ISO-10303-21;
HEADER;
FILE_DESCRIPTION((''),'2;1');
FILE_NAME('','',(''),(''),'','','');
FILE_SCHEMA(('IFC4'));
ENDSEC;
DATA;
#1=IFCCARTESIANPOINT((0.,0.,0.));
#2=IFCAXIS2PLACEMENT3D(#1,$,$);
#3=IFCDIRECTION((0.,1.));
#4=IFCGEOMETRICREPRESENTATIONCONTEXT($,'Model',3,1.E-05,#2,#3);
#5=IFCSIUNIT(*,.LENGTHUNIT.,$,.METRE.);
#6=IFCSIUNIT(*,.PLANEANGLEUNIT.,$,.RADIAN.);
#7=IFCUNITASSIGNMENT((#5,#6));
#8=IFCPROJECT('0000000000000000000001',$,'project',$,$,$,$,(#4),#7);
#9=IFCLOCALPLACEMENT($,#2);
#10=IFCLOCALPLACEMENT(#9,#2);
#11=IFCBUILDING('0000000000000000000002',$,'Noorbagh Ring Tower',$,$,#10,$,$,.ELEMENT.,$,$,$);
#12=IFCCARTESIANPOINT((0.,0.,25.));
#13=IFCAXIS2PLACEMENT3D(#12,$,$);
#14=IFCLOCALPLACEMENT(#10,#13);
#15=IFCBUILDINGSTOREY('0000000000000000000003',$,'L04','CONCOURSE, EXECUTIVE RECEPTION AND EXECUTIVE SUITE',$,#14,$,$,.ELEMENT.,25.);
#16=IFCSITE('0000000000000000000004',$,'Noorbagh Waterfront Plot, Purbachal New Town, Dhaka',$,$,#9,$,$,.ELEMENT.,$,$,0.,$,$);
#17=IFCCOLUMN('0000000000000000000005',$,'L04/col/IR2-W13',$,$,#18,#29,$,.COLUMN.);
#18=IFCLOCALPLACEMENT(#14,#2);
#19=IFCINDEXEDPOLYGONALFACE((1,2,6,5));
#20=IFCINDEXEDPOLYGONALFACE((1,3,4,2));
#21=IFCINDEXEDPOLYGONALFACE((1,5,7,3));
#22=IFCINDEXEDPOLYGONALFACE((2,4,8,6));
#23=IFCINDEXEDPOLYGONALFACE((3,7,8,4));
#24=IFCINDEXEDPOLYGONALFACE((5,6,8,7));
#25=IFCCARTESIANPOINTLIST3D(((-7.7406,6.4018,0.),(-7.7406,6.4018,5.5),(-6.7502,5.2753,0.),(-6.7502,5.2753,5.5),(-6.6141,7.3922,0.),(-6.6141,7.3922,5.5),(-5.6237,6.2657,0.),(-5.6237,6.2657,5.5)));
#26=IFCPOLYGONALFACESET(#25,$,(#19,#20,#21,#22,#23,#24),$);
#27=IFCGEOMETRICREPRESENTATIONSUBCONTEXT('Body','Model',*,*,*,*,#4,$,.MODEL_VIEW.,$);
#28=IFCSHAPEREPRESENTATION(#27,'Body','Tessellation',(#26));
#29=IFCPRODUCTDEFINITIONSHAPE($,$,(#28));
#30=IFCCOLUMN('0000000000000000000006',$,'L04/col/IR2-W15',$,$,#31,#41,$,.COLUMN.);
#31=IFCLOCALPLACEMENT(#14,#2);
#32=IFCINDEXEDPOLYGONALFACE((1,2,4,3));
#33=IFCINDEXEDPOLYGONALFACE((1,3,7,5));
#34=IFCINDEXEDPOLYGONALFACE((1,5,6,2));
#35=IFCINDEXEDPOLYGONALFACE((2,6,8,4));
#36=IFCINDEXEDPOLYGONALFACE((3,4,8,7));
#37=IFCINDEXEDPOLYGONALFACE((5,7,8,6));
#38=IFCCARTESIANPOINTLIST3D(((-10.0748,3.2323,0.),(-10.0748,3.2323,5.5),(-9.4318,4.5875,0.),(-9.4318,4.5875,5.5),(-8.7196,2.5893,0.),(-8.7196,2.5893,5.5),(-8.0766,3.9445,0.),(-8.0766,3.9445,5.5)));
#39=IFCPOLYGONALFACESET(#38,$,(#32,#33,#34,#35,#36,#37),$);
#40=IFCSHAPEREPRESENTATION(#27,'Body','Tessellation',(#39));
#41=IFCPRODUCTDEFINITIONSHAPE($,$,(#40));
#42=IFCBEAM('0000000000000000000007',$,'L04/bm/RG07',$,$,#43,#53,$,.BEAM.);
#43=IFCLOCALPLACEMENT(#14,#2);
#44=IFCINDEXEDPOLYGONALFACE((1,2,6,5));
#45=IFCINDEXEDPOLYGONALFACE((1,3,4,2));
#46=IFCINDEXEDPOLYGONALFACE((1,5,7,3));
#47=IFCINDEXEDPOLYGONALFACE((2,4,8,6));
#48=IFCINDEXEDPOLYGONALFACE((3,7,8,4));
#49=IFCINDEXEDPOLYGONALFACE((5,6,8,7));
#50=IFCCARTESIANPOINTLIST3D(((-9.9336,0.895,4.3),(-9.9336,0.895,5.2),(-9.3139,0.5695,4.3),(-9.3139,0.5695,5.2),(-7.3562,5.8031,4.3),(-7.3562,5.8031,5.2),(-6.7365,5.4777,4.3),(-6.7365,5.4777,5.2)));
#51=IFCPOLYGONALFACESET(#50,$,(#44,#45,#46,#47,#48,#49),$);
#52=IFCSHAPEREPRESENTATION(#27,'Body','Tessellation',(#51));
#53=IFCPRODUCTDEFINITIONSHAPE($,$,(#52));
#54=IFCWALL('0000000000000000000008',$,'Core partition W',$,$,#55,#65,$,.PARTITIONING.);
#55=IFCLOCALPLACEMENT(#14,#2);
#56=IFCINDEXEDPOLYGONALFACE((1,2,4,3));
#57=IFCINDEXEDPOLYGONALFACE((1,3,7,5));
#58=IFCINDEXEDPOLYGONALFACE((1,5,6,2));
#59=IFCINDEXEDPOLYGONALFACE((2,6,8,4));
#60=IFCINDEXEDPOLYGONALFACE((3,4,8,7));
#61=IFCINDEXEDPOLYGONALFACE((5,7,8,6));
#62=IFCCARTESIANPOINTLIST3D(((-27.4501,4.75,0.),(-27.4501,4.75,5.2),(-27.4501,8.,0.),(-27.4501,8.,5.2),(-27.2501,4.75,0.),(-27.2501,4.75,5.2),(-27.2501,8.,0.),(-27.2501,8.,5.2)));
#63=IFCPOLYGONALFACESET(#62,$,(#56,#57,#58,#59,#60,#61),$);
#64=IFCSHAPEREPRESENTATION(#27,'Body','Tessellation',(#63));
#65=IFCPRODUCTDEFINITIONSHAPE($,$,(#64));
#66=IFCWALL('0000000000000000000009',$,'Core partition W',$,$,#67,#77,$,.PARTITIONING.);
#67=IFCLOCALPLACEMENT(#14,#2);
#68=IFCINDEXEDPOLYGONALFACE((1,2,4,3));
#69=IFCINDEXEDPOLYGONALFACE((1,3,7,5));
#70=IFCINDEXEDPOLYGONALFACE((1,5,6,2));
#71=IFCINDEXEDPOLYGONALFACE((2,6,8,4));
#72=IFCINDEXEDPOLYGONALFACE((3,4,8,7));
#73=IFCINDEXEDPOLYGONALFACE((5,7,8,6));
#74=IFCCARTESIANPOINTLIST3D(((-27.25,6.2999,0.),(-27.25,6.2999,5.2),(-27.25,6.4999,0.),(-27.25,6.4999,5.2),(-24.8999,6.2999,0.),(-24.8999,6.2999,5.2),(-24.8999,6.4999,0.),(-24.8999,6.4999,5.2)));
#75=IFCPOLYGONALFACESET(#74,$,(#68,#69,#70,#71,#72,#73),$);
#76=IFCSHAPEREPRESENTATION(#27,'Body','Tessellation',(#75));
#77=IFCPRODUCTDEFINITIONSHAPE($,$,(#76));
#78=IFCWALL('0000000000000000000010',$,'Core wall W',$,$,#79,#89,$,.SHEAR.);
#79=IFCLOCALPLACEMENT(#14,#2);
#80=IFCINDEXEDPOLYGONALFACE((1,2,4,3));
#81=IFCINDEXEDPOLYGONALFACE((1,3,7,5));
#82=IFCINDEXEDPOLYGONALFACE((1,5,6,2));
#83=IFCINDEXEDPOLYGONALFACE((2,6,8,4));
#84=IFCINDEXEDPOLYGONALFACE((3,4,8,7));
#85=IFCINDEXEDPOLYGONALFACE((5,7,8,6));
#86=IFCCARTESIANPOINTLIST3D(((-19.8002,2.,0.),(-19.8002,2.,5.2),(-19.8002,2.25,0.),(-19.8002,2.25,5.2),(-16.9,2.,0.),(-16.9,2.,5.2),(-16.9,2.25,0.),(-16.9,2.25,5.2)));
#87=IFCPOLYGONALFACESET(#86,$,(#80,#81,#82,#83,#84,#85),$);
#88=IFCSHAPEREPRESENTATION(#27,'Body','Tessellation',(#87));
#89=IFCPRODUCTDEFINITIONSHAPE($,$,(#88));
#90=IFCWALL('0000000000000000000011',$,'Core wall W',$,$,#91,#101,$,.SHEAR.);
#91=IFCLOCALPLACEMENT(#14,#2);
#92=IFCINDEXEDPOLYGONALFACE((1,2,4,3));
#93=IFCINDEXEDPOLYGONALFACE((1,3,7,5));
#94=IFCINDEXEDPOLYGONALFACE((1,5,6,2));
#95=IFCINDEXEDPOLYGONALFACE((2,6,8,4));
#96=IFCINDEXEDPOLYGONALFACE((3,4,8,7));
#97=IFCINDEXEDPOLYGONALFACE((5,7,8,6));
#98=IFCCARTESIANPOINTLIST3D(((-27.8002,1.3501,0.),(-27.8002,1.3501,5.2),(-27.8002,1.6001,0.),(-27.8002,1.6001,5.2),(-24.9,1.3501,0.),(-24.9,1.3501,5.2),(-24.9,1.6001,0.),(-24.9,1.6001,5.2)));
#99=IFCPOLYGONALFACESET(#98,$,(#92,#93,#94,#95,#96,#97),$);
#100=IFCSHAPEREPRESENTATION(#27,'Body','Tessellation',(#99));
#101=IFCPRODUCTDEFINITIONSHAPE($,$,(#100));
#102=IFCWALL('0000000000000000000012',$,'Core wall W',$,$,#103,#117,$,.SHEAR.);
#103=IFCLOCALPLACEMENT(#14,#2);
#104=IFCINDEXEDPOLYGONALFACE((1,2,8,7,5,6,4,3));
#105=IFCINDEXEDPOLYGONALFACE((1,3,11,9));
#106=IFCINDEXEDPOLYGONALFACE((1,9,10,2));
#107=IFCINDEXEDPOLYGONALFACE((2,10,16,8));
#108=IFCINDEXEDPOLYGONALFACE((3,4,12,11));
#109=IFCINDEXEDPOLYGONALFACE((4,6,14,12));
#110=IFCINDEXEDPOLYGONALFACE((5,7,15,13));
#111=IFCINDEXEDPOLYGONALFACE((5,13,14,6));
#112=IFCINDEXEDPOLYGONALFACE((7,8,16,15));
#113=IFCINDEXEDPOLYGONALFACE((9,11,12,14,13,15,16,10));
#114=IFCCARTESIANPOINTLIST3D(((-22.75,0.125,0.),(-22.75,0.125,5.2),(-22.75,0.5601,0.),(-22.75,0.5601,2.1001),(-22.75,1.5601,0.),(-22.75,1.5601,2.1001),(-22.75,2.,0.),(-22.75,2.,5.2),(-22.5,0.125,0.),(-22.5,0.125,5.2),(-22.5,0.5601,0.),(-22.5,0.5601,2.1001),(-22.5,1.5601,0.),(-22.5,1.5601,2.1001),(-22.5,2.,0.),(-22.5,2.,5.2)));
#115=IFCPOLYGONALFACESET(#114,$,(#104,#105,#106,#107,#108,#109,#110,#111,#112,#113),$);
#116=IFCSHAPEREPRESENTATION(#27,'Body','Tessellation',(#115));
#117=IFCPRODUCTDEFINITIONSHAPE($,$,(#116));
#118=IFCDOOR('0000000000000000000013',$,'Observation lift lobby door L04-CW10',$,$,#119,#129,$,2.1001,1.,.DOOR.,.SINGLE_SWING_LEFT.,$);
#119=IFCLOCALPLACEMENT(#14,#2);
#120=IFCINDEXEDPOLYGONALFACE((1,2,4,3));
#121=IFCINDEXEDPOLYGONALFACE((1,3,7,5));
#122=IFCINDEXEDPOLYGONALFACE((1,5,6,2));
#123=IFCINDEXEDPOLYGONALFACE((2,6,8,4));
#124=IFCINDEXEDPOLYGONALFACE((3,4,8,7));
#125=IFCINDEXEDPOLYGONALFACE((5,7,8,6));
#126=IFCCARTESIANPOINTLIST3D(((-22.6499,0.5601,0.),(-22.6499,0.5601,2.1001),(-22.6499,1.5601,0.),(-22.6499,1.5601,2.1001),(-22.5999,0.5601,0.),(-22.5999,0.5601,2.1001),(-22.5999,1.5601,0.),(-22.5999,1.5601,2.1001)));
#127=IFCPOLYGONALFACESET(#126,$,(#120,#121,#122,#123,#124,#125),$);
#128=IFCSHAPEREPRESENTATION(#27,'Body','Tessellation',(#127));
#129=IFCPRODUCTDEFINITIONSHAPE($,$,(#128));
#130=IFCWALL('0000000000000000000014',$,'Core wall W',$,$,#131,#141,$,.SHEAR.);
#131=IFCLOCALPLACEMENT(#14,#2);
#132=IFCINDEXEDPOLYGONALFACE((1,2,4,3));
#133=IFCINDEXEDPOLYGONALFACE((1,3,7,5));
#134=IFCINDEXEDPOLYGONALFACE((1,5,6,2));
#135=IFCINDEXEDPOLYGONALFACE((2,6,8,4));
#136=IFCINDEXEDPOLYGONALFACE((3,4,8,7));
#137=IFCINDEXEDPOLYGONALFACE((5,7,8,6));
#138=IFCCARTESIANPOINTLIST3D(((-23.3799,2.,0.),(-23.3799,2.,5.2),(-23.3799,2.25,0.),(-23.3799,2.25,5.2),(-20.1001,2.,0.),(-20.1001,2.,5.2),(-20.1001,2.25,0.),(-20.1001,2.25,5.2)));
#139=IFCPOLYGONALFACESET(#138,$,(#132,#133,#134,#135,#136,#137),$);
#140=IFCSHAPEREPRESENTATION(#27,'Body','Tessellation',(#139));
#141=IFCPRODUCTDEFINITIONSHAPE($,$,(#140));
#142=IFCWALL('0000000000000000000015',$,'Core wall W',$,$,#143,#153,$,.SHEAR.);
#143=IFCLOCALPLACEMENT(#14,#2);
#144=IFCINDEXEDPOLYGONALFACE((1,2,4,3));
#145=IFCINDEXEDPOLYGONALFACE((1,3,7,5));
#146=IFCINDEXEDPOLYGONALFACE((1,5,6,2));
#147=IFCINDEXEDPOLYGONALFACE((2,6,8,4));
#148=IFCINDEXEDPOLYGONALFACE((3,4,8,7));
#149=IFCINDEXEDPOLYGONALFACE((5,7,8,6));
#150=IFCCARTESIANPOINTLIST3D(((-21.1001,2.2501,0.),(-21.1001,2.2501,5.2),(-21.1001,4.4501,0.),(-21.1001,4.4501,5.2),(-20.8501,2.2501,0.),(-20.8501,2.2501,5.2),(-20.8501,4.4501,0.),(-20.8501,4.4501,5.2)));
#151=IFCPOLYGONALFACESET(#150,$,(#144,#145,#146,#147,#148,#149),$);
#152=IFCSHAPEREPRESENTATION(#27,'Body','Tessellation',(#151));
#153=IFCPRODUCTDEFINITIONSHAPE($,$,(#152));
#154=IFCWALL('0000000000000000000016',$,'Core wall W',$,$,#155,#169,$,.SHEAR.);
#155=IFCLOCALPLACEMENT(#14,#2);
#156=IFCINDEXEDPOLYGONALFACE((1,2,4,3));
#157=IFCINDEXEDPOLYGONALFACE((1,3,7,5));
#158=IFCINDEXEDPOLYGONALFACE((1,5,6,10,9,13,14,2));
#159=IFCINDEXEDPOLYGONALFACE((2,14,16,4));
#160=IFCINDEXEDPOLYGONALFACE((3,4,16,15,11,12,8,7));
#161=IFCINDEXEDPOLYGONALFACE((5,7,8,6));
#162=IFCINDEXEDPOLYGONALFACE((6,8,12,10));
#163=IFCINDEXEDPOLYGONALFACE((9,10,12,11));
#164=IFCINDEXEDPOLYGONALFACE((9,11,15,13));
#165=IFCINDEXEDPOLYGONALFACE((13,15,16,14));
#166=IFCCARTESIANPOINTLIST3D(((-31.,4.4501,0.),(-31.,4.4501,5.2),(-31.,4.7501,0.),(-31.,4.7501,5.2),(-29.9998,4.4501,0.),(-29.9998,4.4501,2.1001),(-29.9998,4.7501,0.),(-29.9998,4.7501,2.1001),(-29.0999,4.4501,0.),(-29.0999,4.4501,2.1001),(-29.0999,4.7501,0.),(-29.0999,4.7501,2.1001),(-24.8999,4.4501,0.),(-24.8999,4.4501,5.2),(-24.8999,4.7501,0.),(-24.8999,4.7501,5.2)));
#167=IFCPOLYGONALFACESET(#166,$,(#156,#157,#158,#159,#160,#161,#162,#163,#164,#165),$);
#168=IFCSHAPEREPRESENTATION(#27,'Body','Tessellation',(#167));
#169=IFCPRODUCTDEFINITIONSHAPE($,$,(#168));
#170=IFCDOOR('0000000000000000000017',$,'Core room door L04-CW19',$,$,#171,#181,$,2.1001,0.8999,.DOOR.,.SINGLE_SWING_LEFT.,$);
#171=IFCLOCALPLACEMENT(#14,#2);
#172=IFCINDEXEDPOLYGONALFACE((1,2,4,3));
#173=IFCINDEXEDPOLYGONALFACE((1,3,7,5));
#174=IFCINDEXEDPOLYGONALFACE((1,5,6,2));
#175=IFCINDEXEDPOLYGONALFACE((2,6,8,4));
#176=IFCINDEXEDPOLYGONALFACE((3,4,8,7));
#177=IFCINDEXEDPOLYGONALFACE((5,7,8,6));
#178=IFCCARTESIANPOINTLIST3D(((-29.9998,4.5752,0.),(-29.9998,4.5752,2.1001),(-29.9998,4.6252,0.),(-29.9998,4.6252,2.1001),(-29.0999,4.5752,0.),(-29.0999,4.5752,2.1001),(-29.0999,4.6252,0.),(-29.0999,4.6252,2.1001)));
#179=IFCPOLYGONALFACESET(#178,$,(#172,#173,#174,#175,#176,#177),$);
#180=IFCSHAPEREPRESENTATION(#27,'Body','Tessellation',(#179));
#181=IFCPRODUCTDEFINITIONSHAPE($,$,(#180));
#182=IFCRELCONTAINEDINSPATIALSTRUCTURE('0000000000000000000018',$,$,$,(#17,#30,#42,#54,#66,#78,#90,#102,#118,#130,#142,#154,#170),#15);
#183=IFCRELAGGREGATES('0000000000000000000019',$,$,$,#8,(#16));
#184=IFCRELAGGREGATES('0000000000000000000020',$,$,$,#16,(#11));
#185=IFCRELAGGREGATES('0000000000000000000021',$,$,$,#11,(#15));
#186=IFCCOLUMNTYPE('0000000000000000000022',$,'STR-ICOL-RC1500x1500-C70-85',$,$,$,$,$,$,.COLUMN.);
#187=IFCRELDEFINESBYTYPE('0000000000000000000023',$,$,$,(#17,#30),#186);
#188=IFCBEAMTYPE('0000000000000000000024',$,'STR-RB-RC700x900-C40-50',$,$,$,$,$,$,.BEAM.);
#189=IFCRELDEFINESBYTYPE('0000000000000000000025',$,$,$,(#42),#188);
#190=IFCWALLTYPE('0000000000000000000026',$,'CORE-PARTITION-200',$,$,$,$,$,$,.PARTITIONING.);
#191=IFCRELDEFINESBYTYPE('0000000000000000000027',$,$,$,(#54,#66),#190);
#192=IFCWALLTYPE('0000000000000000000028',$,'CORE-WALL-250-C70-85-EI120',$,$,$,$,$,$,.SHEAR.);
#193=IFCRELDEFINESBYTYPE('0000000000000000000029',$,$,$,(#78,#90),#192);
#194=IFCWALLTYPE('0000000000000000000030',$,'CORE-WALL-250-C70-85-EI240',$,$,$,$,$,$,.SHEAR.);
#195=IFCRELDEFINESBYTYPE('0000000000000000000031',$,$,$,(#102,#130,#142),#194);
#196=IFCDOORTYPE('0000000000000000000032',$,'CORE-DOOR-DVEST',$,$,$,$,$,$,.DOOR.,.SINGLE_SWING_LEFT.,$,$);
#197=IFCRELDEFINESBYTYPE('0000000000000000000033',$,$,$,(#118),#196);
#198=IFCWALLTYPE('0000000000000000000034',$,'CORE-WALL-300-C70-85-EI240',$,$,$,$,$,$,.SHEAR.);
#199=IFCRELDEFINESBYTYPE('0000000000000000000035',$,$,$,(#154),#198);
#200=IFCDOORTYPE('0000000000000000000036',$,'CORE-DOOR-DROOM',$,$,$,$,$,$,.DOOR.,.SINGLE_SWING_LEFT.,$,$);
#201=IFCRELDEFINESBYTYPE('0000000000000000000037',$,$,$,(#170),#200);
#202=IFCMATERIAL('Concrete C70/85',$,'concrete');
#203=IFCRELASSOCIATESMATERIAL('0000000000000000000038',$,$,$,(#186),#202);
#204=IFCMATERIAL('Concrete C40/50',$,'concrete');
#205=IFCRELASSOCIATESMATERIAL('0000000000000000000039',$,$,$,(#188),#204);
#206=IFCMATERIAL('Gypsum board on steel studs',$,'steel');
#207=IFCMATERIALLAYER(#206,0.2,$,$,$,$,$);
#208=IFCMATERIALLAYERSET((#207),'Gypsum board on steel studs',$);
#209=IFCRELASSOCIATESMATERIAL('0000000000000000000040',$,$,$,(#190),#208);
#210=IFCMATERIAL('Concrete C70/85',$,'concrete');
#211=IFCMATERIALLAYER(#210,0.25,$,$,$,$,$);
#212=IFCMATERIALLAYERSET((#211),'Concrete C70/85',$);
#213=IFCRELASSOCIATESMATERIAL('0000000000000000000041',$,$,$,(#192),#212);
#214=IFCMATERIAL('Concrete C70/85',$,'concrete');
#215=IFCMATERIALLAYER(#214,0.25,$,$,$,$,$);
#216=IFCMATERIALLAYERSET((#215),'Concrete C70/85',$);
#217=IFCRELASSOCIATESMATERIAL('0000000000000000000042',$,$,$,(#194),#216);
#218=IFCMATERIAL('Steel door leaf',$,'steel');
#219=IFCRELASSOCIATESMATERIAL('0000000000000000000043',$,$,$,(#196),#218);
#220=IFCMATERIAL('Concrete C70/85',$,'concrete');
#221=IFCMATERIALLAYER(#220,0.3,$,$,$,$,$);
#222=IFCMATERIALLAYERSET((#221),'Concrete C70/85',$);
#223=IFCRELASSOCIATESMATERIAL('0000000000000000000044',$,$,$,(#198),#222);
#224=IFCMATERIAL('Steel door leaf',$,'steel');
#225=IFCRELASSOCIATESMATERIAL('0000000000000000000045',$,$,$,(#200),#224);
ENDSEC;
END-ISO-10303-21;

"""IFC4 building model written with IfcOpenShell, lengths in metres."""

from ifc_helpers import new_model, si_unit, direction, frame, frame_2d, origin, origin_2d, place, context, subcontext, project, spatial, rectangle, extrude, material, layer, layer_set, material_profile, profile_set, type_object, element, fill, save


model = new_model("IFC4")

# Units and contexts
model_context = context("Model", 3, precision=1e-05, world=origin(), true_north=direction((0.0, 1.0)))
body_context = subcontext(model_context, "Body", "Model", "MODEL_VIEW")
ifc_project = project(units=[si_unit("LENGTHUNIT", "METRE"), si_unit("PLANEANGLEUNIT", "RADIAN")], contexts=[model_context])

# Site, building, storey
site_placement = place(None, origin())
site = spatial("IfcSite", under=ifc_project, at=site_placement, Name="Noorbagh Waterfront Plot, Purbachal New Town, Dhaka", CompositionType="ELEMENT", RefElevation=0.0)
building_placement = place(site_placement, origin())
building = spatial("IfcBuilding", under=site, at=building_placement, Name="Noorbagh Ring Tower", CompositionType="ELEMENT")
storey_placement = place(building_placement, frame((0.0, 0.0, 25.0)))
storey = spatial("IfcBuildingStorey", under=building, at=storey_placement, Name="L04", Description="CONCOURSE, EXECUTIVE RECEPTION AND EXECUTIVE SUITE", CompositionType="ELEMENT", Elevation=25.0)

# Columns
ifc_material_1 = material(Name="Concrete C70/85", Category="concrete")
ifc_material_profile_1 = material_profile(ifc_material_1, rectangle(XDim=1.5, YDim=1.5, at=origin_2d()), Name="RC1500x1500")
ifc_profile_set_1 = profile_set([ifc_material_profile_1], Name="Concrete C70/85")
column_type = type_object("IfcColumnType", Name="STR-ICOL-RC1500x1500-C70-85", PredefinedType="COLUMN", material=ifc_profile_set_1)
for number, where, z_axis, x_axis, name in (
    (1, (-6.6821, 6.3337, 0.0), (0.0, 0.0, 1.0), (-0.751022, -0.660277, 0.0), "L04/col/IR2-W13"),
    (2, (-9.0757, 3.5884, 0.0), (0.0, 0.0, 1.0), (-0.428667, -0.903463, 0.0), "L04/col/IR2-W15"),
):
    element("IfcColumn", number, at=place(storey_placement, frame(where, z_axis=z_axis, x_axis=x_axis)), inside=storey, type_object=column_type, Name=name, PredefinedType="COLUMN", context=body_context, shape_type="SweptSolid", body=[
        extrude(rectangle(XDim=1.5, YDim=1.5, at=origin_2d()), origin(), (0.0, 0.0, 1.0), 5.5),
    ])

# Beam
ifc_material_2 = material(Name="Concrete C40/50", Category="concrete")
ifc_material_profile_2 = material_profile(ifc_material_2, rectangle(XDim=0.7, YDim=0.8999, at=origin_2d()), Name="RC700x900")
ifc_profile_set_2 = profile_set([ifc_material_profile_2], Name="Concrete C40/50")
beam_type = type_object("IfcBeamType", Name="STR-RB-RC700x900-C40-50", PredefinedType="BEAM", material=ifc_profile_set_2)
beam_placement = place(storey_placement, frame((-7.0464, 5.6404, 4.75), z_axis=(-0.464917, -0.885354, 0.0), x_axis=(0.885354, -0.464917, 0.0)))
element("IfcBeam", 3, at=beam_placement, inside=storey, type_object=beam_type, Name="L04/bm/RG07", PredefinedType="BEAM", context=body_context, shape_type="SweptSolid", body=[
    extrude(rectangle(XDim=0.7, YDim=0.8999, at=origin_2d()), origin(), (0.0, 0.0, 1.0), 5.5437),
])

# Walls
ifc_material_3 = material(Name="Gypsum board on steel studs", Category="steel")
ifc_layer_1 = layer(ifc_material_3, 0.2)
ifc_layer_set_1 = layer_set([ifc_layer_1], Name="Gypsum board on steel studs")
wall_type_1 = type_object("IfcWallType", Name="CORE-PARTITION-200", PredefinedType="PARTITIONING", material=ifc_layer_set_1)
wall_1_placement = place(storey_placement, frame((-27.3501, 4.75, 0.0), z_axis=(0.0, 0.0, 1.0), x_axis=(0.0, 1.0, 0.0)))
element("IfcWall", 4, at=wall_1_placement, inside=storey, type_object=wall_type_1, Name="Core partition W", PredefinedType="PARTITIONING", context=body_context, shape_type="SweptSolid", body=[
    extrude(rectangle(XDim=3.25, YDim=0.2, at=frame_2d((1.625, 0.0))), origin(), (0.0, 0.0, 1.0), 5.2),
])
wall_2_placement = place(storey_placement, frame((-24.8999, 6.3999, 0.0), z_axis=(0.0, 0.0, 1.0), x_axis=(-1.0, 0.0, 0.0)))
element("IfcWall", 5, at=wall_2_placement, inside=storey, type_object=wall_type_1, Name="Core partition W", PredefinedType="PARTITIONING", context=body_context, shape_type="SweptSolid", body=[
    extrude(rectangle(XDim=2.3501, YDim=0.2, at=frame_2d((1.175, 0.0))), origin(), (0.0, 0.0, 1.0), 5.2),
])
ifc_material_4 = material(Name="Concrete C70/85", Category="concrete")
ifc_layer_2 = layer(ifc_material_4, 0.25)
ifc_layer_set_2 = layer_set([ifc_layer_2], Name="Concrete C70/85")
wall_type_2 = type_object("IfcWallType", Name="CORE-WALL-250-C70-85-EI120", PredefinedType="SHEAR", material=ifc_layer_set_2)
for number, where, z_axis, x_axis, name in (
    (6, (-16.8999, 2.125, 0.0), (0.0, 0.0, 1.0), (-1.0, 0.0, 0.0), "Core wall W"),
    (7, (-24.8999, 1.4751, 0.0), (0.0, 0.0, 1.0), (-1.0, 0.0, 0.0), "Core wall W"),
):
    element("IfcWall", number, at=place(storey_placement, frame(where, z_axis=z_axis, x_axis=x_axis)), inside=storey, type_object=wall_type_2, Name=name, PredefinedType="SHEAR", context=body_context, shape_type="SweptSolid", body=[
        extrude(rectangle(XDim=2.9001, YDim=0.25, at=frame_2d((1.4502, 0.0))), origin(), (0.0, 0.0, 1.0), 5.2),
    ])

# Wall, opening, door
ifc_material_5 = material(Name="Concrete C70/85", Category="concrete")
ifc_layer_3 = layer(ifc_material_5, 0.25)
ifc_layer_set_3 = layer_set([ifc_layer_3], Name="Concrete C70/85")
wall_type_3 = type_object("IfcWallType", Name="CORE-WALL-250-C70-85-EI240", PredefinedType="SHEAR", material=ifc_layer_set_3)
wall_3_placement = place(storey_placement, frame((-22.625, 0.125, 0.0), z_axis=(0.0, 0.0, 1.0), x_axis=(0.0, 1.0, 0.0)))
wall_3 = element("IfcWall", 8, at=wall_3_placement, inside=storey, type_object=wall_type_3, Name="Core wall W", PredefinedType="SHEAR", context=body_context, shape_type="SweptSolid", body=[
    extrude(rectangle(XDim=1.875, YDim=0.25, at=frame_2d((0.9375, 0.0))), origin(), (0.0, 0.0, 1.0), 5.2),
])
opening_1_placement = place(wall_3_placement, frame((0.4351, 0.0, 0.0)))
opening_1 = element("IfcOpeningElement", 9, at=opening_1_placement, cuts=wall_3, PredefinedType="OPENING", context=body_context, shape_type="SweptSolid", body=[
    extrude(rectangle(XDim=1.0, YDim=2.1001, at=frame_2d((0.5, 1.05))), frame((0.0, 0.135, 0.0), z_axis=(0.0, -1.0, 0.0), x_axis=(1.0, 0.0, 0.0)), (0.0, 0.0, 1.0), 0.27),
])
ifc_material_6 = material(Name="Steel door leaf", Category="steel")
door_type_1 = type_object("IfcDoorType", Name="CORE-DOOR-DVEST", OperationType="SINGLE_SWING_LEFT", PredefinedType="DOOR", material=ifc_material_6)
door_1_placement = place(opening_1_placement, origin())
door_1 = element("IfcDoor", 10, at=door_1_placement, inside=storey, type_object=door_type_1, Name="Observation lift lobby door L04-CW10", OperationType="SINGLE_SWING_LEFT", OverallHeight=2.1001, OverallWidth=1.0, PredefinedType="DOOR", context=body_context, shape_type="SweptSolid", body=[
    extrude(rectangle(XDim=1.0, YDim=2.1001, at=frame_2d((0.5, 1.05))), frame((0.0, 0.0249, 0.0), z_axis=(0.0, -1.0, 0.0), x_axis=(1.0, 0.0, 0.0)), (0.0, 0.0, 1.0), 0.05),
])
fill(opening_1, door_1)

# Walls
wall_4_placement = place(storey_placement, frame((-20.1001, 2.125, 0.0), z_axis=(0.0, 0.0, 1.0), x_axis=(-1.0, 0.0, 0.0)))
element("IfcWall", 11, at=wall_4_placement, inside=storey, type_object=wall_type_3, Name="Core wall W", PredefinedType="SHEAR", context=body_context, shape_type="SweptSolid", body=[
    extrude(rectangle(XDim=3.2798, YDim=0.25, at=frame_2d((1.6399, 0.0))), origin(), (0.0, 0.0, 1.0), 5.2),
])
wall_5_placement = place(storey_placement, frame((-20.9751, 2.25, 0.0), z_axis=(0.0, 0.0, 1.0), x_axis=(0.0, 1.0, 0.0)))
element("IfcWall", 12, at=wall_5_placement, inside=storey, type_object=wall_type_3, Name="Core wall W", PredefinedType="SHEAR", context=body_context, shape_type="SweptSolid", body=[
    extrude(rectangle(XDim=2.2, YDim=0.25, at=frame_2d((1.1001, 0.0))), origin(), (0.0, 0.0, 1.0), 5.2),
])

# Wall, opening, door
ifc_material_7 = material(Name="Concrete C70/85", Category="concrete")
ifc_layer_4 = layer(ifc_material_7, 0.3)
ifc_layer_set_4 = layer_set([ifc_layer_4], Name="Concrete C70/85")
wall_type_4 = type_object("IfcWallType", Name="CORE-WALL-300-C70-85-EI240", PredefinedType="SHEAR", material=ifc_layer_set_4)
wall_6_placement = place(storey_placement, frame((-24.8999, 4.6001, 0.0), z_axis=(0.0, 0.0, 1.0), x_axis=(-1.0, 0.0, 0.0)))
wall_6 = element("IfcWall", 13, at=wall_6_placement, inside=storey, type_object=wall_type_4, Name="Core wall W", PredefinedType="SHEAR", context=body_context, shape_type="SweptSolid", body=[
    extrude(rectangle(XDim=6.1001, YDim=0.3, at=frame_2d((3.05, 0.0))), origin(), (0.0, 0.0, 1.0), 5.2),
])
opening_2_placement = place(wall_6_placement, frame((4.2, 0.0, 0.0)))
opening_2 = element("IfcOpeningElement", 14, at=opening_2_placement, cuts=wall_6, PredefinedType="OPENING", context=body_context, shape_type="SweptSolid", body=[
    extrude(rectangle(XDim=0.8999, YDim=2.1001, at=frame_2d((0.45, 1.05))), frame((0.0, 0.1602, 0.0), z_axis=(0.0, -1.0, 0.0), x_axis=(1.0, 0.0, 0.0)), (0.0, 0.0, 1.0), 0.3201),
])
ifc_material_8 = material(Name="Steel door leaf", Category="steel")
door_type_2 = type_object("IfcDoorType", Name="CORE-DOOR-DROOM", OperationType="SINGLE_SWING_LEFT", PredefinedType="DOOR", material=ifc_material_8)
door_2_placement = place(opening_2_placement, origin())
door_2 = element("IfcDoor", 15, at=door_2_placement, inside=storey, type_object=door_type_2, Name="Core room door L04-CW19", OperationType="SINGLE_SWING_LEFT", OverallHeight=2.1001, OverallWidth=0.8999, PredefinedType="DOOR", context=body_context, shape_type="SweptSolid", body=[
    extrude(rectangle(XDim=0.8999, YDim=2.1001, at=frame_2d((0.45, 1.05))), frame((0.0, 0.0249, 0.0), z_axis=(0.0, -1.0, 0.0), x_axis=(1.0, 0.0, 0.0)), (0.0, 0.0, 1.0), 0.05),
])
fill(opening_2, door_2)

save(model, "model.ifc")
